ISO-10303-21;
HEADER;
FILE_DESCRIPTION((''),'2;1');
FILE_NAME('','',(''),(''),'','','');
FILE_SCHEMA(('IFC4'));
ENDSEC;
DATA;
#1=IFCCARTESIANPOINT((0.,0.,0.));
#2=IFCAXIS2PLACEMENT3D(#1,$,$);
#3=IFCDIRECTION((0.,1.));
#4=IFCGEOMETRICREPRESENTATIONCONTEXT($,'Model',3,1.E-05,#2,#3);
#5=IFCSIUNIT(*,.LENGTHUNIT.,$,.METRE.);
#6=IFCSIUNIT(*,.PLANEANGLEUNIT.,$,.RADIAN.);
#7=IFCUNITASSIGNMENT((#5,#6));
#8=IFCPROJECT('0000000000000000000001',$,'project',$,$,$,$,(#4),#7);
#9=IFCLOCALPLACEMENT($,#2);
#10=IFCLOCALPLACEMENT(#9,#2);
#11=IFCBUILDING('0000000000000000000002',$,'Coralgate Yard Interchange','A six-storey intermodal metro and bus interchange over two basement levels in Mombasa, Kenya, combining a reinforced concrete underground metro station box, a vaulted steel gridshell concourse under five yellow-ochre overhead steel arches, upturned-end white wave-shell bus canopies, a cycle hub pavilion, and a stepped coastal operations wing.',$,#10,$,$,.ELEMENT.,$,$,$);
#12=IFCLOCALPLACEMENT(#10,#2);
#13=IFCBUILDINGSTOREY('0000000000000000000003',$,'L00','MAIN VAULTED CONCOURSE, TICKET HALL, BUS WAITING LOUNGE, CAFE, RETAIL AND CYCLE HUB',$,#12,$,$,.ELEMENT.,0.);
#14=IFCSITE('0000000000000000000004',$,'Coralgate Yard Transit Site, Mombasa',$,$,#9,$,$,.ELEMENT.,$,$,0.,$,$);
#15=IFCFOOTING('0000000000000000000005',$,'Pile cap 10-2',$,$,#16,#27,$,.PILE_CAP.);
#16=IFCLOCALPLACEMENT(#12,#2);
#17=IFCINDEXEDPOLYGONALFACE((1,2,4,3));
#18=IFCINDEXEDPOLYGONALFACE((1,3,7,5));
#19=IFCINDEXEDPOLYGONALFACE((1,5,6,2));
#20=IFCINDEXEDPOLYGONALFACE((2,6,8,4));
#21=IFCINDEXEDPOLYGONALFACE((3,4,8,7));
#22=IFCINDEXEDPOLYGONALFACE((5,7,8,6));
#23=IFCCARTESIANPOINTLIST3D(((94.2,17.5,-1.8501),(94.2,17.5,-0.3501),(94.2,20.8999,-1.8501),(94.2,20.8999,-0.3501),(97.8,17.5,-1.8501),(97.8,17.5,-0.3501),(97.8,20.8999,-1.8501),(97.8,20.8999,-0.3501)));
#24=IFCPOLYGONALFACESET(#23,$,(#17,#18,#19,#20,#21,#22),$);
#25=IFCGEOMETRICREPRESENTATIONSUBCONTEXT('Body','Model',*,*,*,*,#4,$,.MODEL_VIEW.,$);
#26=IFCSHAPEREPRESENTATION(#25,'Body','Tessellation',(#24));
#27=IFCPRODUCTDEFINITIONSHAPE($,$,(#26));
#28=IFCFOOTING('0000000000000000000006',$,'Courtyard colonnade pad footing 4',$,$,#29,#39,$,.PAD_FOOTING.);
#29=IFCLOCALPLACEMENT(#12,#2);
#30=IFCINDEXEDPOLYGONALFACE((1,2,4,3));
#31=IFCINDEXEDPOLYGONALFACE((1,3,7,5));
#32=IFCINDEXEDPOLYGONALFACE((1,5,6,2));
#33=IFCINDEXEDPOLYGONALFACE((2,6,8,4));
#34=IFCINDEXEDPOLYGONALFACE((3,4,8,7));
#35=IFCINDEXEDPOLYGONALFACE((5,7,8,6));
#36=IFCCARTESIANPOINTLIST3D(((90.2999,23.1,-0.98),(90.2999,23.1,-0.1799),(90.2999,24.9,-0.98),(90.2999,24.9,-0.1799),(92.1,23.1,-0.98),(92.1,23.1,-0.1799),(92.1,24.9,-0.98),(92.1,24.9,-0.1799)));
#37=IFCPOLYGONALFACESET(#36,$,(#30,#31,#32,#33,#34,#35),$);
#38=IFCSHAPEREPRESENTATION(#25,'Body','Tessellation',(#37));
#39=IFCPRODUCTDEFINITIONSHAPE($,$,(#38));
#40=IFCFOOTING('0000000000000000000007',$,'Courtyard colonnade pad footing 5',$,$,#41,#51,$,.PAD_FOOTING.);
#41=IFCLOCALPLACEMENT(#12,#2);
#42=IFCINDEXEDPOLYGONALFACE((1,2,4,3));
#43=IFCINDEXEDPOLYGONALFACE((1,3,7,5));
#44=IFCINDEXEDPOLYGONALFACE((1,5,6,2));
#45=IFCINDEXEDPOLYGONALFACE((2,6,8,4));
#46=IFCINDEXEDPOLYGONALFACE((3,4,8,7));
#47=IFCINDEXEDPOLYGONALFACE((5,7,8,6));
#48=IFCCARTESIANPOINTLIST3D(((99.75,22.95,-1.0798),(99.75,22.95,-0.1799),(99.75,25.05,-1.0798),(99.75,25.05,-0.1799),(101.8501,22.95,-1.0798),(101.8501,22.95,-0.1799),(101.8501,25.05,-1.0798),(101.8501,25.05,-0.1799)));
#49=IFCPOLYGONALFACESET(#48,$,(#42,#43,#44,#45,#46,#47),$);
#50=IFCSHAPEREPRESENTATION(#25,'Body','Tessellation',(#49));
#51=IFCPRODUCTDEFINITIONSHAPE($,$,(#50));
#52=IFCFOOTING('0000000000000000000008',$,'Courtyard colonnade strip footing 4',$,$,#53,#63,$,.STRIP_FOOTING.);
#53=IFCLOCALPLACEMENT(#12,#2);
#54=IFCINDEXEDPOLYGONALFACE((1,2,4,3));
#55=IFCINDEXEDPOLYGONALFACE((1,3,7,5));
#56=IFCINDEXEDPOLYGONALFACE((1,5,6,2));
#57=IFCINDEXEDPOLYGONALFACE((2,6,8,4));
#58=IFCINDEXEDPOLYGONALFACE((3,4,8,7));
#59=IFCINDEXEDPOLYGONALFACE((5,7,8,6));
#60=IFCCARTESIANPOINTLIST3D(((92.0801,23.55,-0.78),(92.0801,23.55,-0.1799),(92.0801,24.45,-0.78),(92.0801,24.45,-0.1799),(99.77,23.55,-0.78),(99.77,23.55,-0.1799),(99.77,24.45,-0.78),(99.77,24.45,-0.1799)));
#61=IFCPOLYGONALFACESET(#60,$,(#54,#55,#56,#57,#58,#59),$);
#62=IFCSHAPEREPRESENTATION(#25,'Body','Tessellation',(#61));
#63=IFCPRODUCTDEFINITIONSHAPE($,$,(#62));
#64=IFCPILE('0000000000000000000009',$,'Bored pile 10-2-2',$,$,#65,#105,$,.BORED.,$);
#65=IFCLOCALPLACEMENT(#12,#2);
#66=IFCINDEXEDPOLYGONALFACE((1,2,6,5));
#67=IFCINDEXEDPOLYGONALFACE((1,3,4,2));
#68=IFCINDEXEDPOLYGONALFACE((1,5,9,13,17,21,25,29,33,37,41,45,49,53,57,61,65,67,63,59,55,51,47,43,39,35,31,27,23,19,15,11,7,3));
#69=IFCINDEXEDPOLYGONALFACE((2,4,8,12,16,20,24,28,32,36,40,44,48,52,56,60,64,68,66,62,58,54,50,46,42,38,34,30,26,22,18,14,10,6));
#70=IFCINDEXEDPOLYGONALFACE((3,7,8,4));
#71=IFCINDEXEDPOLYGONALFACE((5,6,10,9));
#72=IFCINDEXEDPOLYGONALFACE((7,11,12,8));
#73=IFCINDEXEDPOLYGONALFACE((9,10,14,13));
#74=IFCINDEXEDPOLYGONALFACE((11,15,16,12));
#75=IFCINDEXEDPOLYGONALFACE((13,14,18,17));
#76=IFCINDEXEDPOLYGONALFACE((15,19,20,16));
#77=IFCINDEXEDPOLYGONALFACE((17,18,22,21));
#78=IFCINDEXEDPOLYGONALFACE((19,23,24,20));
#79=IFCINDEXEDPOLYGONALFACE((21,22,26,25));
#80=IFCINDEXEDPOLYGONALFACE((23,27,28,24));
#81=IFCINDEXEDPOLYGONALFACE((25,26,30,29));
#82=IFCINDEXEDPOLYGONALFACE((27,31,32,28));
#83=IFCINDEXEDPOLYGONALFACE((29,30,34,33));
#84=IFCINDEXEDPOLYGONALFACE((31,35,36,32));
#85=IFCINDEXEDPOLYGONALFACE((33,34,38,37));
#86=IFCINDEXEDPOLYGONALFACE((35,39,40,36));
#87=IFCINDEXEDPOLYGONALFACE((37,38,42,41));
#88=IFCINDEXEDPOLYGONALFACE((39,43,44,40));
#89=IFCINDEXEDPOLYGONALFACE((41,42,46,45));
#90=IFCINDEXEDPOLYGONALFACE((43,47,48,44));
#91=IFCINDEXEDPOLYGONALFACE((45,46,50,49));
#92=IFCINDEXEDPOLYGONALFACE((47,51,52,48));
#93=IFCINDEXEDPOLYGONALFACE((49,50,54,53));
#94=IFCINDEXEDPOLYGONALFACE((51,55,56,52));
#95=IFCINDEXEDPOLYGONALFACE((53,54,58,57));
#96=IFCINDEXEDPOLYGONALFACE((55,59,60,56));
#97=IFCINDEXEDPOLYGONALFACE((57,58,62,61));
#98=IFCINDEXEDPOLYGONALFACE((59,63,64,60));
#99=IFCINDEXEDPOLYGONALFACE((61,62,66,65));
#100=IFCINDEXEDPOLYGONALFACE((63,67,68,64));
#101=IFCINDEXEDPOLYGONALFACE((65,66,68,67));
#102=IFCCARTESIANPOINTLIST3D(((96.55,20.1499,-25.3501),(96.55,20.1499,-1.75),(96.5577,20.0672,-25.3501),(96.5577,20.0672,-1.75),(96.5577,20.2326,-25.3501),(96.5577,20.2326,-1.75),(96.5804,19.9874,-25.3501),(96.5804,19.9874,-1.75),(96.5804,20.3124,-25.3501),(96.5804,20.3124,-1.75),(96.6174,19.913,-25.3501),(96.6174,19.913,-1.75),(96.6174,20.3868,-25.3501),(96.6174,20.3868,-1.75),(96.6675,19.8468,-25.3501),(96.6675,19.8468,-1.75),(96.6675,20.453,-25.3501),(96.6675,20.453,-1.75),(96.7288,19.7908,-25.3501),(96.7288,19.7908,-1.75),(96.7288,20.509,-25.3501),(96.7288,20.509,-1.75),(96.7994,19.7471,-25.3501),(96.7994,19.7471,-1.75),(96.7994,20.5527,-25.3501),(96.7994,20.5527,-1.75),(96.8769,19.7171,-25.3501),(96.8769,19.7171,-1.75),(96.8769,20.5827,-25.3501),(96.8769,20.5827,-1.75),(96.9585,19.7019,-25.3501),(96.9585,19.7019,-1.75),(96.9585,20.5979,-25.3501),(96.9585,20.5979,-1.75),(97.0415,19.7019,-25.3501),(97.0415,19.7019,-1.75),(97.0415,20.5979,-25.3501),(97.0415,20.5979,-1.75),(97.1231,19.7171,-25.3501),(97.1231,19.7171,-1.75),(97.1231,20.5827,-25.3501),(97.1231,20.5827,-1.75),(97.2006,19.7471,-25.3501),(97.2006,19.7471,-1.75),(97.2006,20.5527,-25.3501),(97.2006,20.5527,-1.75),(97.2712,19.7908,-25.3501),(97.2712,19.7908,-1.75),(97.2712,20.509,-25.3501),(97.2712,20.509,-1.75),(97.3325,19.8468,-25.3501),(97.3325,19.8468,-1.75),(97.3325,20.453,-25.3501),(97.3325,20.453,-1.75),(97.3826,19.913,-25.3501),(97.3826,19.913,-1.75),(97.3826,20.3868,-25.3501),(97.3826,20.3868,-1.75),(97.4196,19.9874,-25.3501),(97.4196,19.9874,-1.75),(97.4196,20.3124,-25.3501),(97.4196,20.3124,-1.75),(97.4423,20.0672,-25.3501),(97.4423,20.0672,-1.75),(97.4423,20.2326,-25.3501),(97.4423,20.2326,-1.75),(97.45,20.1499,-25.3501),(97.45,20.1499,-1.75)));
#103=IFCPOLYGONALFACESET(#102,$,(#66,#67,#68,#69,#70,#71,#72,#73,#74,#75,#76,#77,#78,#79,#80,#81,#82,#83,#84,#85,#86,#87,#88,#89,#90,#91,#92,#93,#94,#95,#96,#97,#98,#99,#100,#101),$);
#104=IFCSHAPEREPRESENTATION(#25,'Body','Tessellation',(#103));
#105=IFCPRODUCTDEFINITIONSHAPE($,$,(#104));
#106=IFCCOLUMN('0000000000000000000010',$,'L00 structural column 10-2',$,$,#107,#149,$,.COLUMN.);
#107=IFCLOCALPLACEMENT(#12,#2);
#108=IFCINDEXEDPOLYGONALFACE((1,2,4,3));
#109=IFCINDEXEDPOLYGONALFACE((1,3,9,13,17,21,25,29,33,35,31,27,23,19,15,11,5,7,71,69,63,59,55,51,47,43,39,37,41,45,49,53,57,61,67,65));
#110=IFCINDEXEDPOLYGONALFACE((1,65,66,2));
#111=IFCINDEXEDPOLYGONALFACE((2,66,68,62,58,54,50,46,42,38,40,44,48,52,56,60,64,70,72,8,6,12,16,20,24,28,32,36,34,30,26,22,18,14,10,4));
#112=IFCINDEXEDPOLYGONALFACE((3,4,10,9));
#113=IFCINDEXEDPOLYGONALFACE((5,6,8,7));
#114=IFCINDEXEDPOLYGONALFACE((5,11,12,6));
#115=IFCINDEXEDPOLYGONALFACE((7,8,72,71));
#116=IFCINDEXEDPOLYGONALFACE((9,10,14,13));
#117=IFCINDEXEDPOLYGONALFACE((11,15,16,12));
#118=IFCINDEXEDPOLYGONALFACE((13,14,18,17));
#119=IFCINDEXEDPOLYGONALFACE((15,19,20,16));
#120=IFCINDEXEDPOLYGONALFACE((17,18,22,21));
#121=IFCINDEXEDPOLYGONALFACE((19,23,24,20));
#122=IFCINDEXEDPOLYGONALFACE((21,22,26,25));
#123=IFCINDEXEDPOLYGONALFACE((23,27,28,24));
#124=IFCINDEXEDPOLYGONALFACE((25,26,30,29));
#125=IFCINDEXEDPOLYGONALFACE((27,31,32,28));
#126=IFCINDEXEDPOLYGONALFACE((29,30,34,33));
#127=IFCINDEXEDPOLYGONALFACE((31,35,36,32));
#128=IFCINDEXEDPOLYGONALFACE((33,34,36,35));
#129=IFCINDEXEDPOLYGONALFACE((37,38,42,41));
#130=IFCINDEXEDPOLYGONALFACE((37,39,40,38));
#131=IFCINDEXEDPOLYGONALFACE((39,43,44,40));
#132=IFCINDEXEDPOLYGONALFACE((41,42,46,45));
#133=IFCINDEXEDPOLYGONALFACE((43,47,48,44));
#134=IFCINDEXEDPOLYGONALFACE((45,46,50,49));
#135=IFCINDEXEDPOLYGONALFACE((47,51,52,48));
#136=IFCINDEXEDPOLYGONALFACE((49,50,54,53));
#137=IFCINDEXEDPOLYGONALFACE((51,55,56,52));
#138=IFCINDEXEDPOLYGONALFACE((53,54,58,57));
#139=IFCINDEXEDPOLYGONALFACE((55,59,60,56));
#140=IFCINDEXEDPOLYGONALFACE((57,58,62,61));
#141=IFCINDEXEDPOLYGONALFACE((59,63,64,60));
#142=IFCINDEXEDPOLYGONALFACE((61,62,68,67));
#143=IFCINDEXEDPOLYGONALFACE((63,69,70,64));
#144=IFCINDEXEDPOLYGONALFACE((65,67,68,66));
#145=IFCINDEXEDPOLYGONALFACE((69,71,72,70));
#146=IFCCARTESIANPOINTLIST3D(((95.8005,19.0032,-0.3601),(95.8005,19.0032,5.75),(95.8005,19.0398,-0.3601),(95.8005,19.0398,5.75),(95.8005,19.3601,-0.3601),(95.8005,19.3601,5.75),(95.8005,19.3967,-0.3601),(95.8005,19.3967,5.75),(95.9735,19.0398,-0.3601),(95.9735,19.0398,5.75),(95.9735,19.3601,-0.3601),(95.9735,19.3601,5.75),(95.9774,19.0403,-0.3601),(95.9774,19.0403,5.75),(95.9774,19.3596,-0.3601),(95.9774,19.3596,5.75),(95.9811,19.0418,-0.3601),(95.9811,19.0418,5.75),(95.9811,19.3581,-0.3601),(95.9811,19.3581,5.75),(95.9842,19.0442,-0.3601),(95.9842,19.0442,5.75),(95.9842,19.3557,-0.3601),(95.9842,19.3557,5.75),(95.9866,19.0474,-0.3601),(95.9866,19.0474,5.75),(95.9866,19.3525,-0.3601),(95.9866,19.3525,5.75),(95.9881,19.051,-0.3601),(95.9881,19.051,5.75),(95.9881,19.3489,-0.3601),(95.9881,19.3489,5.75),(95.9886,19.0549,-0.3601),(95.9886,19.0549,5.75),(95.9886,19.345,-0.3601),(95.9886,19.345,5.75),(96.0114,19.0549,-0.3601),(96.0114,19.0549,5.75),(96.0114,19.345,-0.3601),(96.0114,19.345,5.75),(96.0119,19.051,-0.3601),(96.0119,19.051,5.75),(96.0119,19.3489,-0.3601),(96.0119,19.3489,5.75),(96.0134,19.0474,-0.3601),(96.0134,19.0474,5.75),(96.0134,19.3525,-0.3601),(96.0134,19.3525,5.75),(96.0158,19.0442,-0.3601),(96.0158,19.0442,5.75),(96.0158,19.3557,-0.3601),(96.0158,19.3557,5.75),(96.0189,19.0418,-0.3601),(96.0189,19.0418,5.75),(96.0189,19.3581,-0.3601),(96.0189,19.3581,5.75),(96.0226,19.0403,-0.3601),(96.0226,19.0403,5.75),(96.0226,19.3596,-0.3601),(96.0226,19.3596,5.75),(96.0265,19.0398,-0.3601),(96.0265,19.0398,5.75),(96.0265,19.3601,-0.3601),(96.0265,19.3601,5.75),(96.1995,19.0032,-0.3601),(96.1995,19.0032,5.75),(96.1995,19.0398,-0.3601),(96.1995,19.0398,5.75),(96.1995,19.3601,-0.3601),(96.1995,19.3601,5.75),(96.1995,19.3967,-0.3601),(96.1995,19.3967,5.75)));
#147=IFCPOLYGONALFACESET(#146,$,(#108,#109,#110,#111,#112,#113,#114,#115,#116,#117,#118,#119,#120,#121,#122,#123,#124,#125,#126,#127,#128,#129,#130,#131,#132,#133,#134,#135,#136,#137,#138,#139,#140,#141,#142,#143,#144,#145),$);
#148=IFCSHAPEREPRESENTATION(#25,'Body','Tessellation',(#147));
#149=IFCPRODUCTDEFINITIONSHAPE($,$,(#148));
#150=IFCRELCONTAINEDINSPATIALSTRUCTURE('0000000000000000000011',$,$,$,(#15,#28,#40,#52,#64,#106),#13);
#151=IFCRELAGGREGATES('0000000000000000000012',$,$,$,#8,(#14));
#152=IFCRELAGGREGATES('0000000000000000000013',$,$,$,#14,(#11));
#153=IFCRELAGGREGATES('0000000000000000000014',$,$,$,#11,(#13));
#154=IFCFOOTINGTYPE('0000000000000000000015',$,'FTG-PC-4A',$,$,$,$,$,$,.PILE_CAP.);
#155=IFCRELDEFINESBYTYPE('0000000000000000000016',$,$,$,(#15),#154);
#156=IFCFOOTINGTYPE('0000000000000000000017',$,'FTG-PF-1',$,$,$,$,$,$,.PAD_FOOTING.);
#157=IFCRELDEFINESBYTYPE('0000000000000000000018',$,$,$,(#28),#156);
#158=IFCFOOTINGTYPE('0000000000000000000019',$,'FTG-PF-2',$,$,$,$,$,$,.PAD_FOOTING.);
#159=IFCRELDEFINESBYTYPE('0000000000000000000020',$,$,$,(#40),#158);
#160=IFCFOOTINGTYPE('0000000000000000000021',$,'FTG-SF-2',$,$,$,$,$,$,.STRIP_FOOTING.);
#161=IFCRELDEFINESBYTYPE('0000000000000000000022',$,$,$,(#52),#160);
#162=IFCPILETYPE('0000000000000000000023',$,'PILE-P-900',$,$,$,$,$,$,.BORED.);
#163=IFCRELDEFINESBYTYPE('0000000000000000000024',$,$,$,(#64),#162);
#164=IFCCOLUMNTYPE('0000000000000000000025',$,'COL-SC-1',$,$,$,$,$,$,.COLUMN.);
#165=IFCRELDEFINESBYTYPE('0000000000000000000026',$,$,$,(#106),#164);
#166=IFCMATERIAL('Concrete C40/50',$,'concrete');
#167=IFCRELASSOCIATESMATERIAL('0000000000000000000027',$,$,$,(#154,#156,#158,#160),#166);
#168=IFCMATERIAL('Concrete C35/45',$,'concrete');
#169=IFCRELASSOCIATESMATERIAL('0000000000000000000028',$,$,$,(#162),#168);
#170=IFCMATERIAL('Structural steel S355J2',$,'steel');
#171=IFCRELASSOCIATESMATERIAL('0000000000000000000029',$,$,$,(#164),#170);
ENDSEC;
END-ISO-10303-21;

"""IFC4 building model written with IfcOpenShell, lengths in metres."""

from ifc_helpers import new_model, si_unit, direction, frame, origin, origin_2d, place, context, subcontext, project, spatial, rectangle, circle, i_section, extrude, material, material_profile, profile_set, type_object, element, save


model = new_model("IFC4")

# Units and contexts
model_context = context("Model", 3, precision=1e-05, world=origin(), true_north=direction((0.0, 1.0)))
body_context = subcontext(model_context, "Body", "Model", "MODEL_VIEW")
ifc_project = project(units=[si_unit("LENGTHUNIT", "METRE"), si_unit("PLANEANGLEUNIT", "RADIAN")], contexts=[model_context])

# Site, building, storey
site_placement = place(None, origin())
site = spatial("IfcSite", under=ifc_project, at=site_placement, Name="Coralgate Yard Transit Site, Mombasa", CompositionType="ELEMENT", RefElevation=0.0)
building_placement = place(site_placement, origin())
building = spatial("IfcBuilding", under=site, at=building_placement, Name="Coralgate Yard Interchange", Description="A six-storey intermodal metro and bus interchange over two basement levels in Mombasa, Kenya, combining a reinforced concrete underground metro station box, a vaulted steel gridshell concourse under five yellow-ochre overhead steel arches, upturned-end white wave-shell bus canopies, a cycle hub pavilion, and a stepped coastal operations wing.", CompositionType="ELEMENT")
storey_placement = place(building_placement, origin())
storey = spatial("IfcBuildingStorey", under=building, at=storey_placement, Name="L00", Description="MAIN VAULTED CONCOURSE, TICKET HALL, BUS WAITING LOUNGE, CAFE, RETAIL AND CYCLE HUB", CompositionType="ELEMENT", Elevation=0.0)

# Footings
ifc_material_1 = material(Name="Concrete C40/50", Category="concrete")
footing_type_1 = type_object("IfcFootingType", Name="FTG-PC-4A", PredefinedType="PILE_CAP", material=ifc_material_1)
footing_1_placement = place(storey_placement, frame((96.0, 19.2, -1.8501), z_axis=(0.0, 0.0, 1.0), x_axis=(1.0, 0.0, 0.0)))
element("IfcFooting", 1, at=footing_1_placement, inside=storey, type_object=footing_type_1, Name="Pile cap 10-2", PredefinedType="PILE_CAP", context=body_context, shape_type="SweptSolid", body=[
    extrude(rectangle(XDim=3.6001, YDim=3.3999, at=origin_2d()), origin(), (0.0, 0.0, 1.0), 1.5),
])
footing_type_2 = type_object("IfcFootingType", Name="FTG-PF-1", PredefinedType="PAD_FOOTING", material=ifc_material_1)
footing_2_placement = place(storey_placement, frame((91.2, 24.0, -0.98), z_axis=(0.0, 0.0, 1.0), x_axis=(1.0, 0.0, 0.0)))
element("IfcFooting", 2, at=footing_2_placement, inside=storey, type_object=footing_type_2, Name="Courtyard colonnade pad footing 4", PredefinedType="PAD_FOOTING", context=body_context, shape_type="SweptSolid", body=[
    extrude(rectangle(XDim=1.8, YDim=1.8, at=origin_2d()), origin(), (0.0, 0.0, 1.0), 0.8),
])
footing_type_3 = type_object("IfcFootingType", Name="FTG-PF-2", PredefinedType="PAD_FOOTING", material=ifc_material_1)
footing_3_placement = place(storey_placement, frame((100.8, 24.0, -1.0798), z_axis=(0.0, 0.0, 1.0), x_axis=(1.0, 0.0, 0.0)))
element("IfcFooting", 3, at=footing_3_placement, inside=storey, type_object=footing_type_3, Name="Courtyard colonnade pad footing 5", PredefinedType="PAD_FOOTING", context=body_context, shape_type="SweptSolid", body=[
    extrude(rectangle(XDim=2.1001, YDim=2.1001, at=origin_2d()), origin(), (0.0, 0.0, 1.0), 0.8999),
])
ifc_material_profile_1 = material_profile(ifc_material_1, rectangle(XDim=0.8999, YDim=0.6001, at=origin_2d()), Name="RC 900x600")
ifc_profile_set_1 = profile_set([ifc_material_profile_1], Name="Concrete C40/50")
footing_type_4 = type_object("IfcFootingType", Name="FTG-SF-2", PredefinedType="STRIP_FOOTING", material=ifc_profile_set_1)
footing_4_placement = place(storey_placement, frame((92.0801, 24.0, -0.48), z_axis=(1.0, 0.0, 0.0), x_axis=(0.0, 1.0, 0.0)))
element("IfcFooting", 4, at=footing_4_placement, inside=storey, type_object=footing_type_4, Name="Courtyard colonnade strip footing 4", PredefinedType="STRIP_FOOTING", context=body_context, shape_type="SweptSolid", body=[
    extrude(rectangle(XDim=0.8999, YDim=0.6001, at=origin_2d()), origin(), (0.0, 0.0, 1.0), 7.6899),
])

# Pile
ifc_material_2 = material(Name="Concrete C35/45", Category="concrete")
ifc_material_profile_2 = material_profile(ifc_material_2, circle(Radius=0.45, at=origin_2d()), Name="BORED PILE D900")
ifc_profile_set_2 = profile_set([ifc_material_profile_2], Name="Concrete C35/45")
pile_type = type_object("IfcPileType", Name="PILE-P-900", PredefinedType="BORED", material=ifc_profile_set_2)
pile_placement = place(storey_placement, frame((97.0, 20.1499, -1.75), z_axis=(0.0, 0.0, -1.0), x_axis=(1.0, 0.0, 0.0)))
element("IfcPile", 5, at=pile_placement, inside=storey, type_object=pile_type, Name="Bored pile 10-2-2", PredefinedType="BORED", context=body_context, shape_type="SweptSolid", body=[
    extrude(circle(Radius=0.45, at=origin_2d()), origin(), (0.0, 0.0, 1.0), 23.6001),
])

# Column
ifc_material_3 = material(Name="Structural steel S355J2", Category="steel")
ifc_material_profile_3 = material_profile(ifc_material_3, i_section(OverallWidth=0.3989, OverallDepth=0.3936, WebThickness=0.0227, FlangeThickness=0.0366, FilletRadius=0.0151, at=origin_2d()), Name="UC 356x406x287")
ifc_profile_set_3 = profile_set([ifc_material_profile_3], Name="Structural steel S355J2")
column_type_1 = type_object("IfcColumnType", Name="COL-SC-1", PredefinedType="COLUMN", material=ifc_profile_set_3)
column_1_placement = place(storey_placement, frame((96.0, 19.2, -0.3601), z_axis=(0.0, 0.0, 1.0), x_axis=(1.0, 0.0, 0.0)))
element("IfcColumn", 6, at=column_1_placement, inside=storey, type_object=column_type_1, Name="L00 structural column 10-2", PredefinedType="COLUMN", context=body_context, shape_type="SweptSolid", body=[
    extrude(i_section(OverallWidth=0.3989, OverallDepth=0.3936, WebThickness=0.0227, FlangeThickness=0.0366, FilletRadius=0.0151, at=origin_2d()), origin(), (0.0, 0.0, 1.0), 6.1101),
])

save(model, "model.ifc")
